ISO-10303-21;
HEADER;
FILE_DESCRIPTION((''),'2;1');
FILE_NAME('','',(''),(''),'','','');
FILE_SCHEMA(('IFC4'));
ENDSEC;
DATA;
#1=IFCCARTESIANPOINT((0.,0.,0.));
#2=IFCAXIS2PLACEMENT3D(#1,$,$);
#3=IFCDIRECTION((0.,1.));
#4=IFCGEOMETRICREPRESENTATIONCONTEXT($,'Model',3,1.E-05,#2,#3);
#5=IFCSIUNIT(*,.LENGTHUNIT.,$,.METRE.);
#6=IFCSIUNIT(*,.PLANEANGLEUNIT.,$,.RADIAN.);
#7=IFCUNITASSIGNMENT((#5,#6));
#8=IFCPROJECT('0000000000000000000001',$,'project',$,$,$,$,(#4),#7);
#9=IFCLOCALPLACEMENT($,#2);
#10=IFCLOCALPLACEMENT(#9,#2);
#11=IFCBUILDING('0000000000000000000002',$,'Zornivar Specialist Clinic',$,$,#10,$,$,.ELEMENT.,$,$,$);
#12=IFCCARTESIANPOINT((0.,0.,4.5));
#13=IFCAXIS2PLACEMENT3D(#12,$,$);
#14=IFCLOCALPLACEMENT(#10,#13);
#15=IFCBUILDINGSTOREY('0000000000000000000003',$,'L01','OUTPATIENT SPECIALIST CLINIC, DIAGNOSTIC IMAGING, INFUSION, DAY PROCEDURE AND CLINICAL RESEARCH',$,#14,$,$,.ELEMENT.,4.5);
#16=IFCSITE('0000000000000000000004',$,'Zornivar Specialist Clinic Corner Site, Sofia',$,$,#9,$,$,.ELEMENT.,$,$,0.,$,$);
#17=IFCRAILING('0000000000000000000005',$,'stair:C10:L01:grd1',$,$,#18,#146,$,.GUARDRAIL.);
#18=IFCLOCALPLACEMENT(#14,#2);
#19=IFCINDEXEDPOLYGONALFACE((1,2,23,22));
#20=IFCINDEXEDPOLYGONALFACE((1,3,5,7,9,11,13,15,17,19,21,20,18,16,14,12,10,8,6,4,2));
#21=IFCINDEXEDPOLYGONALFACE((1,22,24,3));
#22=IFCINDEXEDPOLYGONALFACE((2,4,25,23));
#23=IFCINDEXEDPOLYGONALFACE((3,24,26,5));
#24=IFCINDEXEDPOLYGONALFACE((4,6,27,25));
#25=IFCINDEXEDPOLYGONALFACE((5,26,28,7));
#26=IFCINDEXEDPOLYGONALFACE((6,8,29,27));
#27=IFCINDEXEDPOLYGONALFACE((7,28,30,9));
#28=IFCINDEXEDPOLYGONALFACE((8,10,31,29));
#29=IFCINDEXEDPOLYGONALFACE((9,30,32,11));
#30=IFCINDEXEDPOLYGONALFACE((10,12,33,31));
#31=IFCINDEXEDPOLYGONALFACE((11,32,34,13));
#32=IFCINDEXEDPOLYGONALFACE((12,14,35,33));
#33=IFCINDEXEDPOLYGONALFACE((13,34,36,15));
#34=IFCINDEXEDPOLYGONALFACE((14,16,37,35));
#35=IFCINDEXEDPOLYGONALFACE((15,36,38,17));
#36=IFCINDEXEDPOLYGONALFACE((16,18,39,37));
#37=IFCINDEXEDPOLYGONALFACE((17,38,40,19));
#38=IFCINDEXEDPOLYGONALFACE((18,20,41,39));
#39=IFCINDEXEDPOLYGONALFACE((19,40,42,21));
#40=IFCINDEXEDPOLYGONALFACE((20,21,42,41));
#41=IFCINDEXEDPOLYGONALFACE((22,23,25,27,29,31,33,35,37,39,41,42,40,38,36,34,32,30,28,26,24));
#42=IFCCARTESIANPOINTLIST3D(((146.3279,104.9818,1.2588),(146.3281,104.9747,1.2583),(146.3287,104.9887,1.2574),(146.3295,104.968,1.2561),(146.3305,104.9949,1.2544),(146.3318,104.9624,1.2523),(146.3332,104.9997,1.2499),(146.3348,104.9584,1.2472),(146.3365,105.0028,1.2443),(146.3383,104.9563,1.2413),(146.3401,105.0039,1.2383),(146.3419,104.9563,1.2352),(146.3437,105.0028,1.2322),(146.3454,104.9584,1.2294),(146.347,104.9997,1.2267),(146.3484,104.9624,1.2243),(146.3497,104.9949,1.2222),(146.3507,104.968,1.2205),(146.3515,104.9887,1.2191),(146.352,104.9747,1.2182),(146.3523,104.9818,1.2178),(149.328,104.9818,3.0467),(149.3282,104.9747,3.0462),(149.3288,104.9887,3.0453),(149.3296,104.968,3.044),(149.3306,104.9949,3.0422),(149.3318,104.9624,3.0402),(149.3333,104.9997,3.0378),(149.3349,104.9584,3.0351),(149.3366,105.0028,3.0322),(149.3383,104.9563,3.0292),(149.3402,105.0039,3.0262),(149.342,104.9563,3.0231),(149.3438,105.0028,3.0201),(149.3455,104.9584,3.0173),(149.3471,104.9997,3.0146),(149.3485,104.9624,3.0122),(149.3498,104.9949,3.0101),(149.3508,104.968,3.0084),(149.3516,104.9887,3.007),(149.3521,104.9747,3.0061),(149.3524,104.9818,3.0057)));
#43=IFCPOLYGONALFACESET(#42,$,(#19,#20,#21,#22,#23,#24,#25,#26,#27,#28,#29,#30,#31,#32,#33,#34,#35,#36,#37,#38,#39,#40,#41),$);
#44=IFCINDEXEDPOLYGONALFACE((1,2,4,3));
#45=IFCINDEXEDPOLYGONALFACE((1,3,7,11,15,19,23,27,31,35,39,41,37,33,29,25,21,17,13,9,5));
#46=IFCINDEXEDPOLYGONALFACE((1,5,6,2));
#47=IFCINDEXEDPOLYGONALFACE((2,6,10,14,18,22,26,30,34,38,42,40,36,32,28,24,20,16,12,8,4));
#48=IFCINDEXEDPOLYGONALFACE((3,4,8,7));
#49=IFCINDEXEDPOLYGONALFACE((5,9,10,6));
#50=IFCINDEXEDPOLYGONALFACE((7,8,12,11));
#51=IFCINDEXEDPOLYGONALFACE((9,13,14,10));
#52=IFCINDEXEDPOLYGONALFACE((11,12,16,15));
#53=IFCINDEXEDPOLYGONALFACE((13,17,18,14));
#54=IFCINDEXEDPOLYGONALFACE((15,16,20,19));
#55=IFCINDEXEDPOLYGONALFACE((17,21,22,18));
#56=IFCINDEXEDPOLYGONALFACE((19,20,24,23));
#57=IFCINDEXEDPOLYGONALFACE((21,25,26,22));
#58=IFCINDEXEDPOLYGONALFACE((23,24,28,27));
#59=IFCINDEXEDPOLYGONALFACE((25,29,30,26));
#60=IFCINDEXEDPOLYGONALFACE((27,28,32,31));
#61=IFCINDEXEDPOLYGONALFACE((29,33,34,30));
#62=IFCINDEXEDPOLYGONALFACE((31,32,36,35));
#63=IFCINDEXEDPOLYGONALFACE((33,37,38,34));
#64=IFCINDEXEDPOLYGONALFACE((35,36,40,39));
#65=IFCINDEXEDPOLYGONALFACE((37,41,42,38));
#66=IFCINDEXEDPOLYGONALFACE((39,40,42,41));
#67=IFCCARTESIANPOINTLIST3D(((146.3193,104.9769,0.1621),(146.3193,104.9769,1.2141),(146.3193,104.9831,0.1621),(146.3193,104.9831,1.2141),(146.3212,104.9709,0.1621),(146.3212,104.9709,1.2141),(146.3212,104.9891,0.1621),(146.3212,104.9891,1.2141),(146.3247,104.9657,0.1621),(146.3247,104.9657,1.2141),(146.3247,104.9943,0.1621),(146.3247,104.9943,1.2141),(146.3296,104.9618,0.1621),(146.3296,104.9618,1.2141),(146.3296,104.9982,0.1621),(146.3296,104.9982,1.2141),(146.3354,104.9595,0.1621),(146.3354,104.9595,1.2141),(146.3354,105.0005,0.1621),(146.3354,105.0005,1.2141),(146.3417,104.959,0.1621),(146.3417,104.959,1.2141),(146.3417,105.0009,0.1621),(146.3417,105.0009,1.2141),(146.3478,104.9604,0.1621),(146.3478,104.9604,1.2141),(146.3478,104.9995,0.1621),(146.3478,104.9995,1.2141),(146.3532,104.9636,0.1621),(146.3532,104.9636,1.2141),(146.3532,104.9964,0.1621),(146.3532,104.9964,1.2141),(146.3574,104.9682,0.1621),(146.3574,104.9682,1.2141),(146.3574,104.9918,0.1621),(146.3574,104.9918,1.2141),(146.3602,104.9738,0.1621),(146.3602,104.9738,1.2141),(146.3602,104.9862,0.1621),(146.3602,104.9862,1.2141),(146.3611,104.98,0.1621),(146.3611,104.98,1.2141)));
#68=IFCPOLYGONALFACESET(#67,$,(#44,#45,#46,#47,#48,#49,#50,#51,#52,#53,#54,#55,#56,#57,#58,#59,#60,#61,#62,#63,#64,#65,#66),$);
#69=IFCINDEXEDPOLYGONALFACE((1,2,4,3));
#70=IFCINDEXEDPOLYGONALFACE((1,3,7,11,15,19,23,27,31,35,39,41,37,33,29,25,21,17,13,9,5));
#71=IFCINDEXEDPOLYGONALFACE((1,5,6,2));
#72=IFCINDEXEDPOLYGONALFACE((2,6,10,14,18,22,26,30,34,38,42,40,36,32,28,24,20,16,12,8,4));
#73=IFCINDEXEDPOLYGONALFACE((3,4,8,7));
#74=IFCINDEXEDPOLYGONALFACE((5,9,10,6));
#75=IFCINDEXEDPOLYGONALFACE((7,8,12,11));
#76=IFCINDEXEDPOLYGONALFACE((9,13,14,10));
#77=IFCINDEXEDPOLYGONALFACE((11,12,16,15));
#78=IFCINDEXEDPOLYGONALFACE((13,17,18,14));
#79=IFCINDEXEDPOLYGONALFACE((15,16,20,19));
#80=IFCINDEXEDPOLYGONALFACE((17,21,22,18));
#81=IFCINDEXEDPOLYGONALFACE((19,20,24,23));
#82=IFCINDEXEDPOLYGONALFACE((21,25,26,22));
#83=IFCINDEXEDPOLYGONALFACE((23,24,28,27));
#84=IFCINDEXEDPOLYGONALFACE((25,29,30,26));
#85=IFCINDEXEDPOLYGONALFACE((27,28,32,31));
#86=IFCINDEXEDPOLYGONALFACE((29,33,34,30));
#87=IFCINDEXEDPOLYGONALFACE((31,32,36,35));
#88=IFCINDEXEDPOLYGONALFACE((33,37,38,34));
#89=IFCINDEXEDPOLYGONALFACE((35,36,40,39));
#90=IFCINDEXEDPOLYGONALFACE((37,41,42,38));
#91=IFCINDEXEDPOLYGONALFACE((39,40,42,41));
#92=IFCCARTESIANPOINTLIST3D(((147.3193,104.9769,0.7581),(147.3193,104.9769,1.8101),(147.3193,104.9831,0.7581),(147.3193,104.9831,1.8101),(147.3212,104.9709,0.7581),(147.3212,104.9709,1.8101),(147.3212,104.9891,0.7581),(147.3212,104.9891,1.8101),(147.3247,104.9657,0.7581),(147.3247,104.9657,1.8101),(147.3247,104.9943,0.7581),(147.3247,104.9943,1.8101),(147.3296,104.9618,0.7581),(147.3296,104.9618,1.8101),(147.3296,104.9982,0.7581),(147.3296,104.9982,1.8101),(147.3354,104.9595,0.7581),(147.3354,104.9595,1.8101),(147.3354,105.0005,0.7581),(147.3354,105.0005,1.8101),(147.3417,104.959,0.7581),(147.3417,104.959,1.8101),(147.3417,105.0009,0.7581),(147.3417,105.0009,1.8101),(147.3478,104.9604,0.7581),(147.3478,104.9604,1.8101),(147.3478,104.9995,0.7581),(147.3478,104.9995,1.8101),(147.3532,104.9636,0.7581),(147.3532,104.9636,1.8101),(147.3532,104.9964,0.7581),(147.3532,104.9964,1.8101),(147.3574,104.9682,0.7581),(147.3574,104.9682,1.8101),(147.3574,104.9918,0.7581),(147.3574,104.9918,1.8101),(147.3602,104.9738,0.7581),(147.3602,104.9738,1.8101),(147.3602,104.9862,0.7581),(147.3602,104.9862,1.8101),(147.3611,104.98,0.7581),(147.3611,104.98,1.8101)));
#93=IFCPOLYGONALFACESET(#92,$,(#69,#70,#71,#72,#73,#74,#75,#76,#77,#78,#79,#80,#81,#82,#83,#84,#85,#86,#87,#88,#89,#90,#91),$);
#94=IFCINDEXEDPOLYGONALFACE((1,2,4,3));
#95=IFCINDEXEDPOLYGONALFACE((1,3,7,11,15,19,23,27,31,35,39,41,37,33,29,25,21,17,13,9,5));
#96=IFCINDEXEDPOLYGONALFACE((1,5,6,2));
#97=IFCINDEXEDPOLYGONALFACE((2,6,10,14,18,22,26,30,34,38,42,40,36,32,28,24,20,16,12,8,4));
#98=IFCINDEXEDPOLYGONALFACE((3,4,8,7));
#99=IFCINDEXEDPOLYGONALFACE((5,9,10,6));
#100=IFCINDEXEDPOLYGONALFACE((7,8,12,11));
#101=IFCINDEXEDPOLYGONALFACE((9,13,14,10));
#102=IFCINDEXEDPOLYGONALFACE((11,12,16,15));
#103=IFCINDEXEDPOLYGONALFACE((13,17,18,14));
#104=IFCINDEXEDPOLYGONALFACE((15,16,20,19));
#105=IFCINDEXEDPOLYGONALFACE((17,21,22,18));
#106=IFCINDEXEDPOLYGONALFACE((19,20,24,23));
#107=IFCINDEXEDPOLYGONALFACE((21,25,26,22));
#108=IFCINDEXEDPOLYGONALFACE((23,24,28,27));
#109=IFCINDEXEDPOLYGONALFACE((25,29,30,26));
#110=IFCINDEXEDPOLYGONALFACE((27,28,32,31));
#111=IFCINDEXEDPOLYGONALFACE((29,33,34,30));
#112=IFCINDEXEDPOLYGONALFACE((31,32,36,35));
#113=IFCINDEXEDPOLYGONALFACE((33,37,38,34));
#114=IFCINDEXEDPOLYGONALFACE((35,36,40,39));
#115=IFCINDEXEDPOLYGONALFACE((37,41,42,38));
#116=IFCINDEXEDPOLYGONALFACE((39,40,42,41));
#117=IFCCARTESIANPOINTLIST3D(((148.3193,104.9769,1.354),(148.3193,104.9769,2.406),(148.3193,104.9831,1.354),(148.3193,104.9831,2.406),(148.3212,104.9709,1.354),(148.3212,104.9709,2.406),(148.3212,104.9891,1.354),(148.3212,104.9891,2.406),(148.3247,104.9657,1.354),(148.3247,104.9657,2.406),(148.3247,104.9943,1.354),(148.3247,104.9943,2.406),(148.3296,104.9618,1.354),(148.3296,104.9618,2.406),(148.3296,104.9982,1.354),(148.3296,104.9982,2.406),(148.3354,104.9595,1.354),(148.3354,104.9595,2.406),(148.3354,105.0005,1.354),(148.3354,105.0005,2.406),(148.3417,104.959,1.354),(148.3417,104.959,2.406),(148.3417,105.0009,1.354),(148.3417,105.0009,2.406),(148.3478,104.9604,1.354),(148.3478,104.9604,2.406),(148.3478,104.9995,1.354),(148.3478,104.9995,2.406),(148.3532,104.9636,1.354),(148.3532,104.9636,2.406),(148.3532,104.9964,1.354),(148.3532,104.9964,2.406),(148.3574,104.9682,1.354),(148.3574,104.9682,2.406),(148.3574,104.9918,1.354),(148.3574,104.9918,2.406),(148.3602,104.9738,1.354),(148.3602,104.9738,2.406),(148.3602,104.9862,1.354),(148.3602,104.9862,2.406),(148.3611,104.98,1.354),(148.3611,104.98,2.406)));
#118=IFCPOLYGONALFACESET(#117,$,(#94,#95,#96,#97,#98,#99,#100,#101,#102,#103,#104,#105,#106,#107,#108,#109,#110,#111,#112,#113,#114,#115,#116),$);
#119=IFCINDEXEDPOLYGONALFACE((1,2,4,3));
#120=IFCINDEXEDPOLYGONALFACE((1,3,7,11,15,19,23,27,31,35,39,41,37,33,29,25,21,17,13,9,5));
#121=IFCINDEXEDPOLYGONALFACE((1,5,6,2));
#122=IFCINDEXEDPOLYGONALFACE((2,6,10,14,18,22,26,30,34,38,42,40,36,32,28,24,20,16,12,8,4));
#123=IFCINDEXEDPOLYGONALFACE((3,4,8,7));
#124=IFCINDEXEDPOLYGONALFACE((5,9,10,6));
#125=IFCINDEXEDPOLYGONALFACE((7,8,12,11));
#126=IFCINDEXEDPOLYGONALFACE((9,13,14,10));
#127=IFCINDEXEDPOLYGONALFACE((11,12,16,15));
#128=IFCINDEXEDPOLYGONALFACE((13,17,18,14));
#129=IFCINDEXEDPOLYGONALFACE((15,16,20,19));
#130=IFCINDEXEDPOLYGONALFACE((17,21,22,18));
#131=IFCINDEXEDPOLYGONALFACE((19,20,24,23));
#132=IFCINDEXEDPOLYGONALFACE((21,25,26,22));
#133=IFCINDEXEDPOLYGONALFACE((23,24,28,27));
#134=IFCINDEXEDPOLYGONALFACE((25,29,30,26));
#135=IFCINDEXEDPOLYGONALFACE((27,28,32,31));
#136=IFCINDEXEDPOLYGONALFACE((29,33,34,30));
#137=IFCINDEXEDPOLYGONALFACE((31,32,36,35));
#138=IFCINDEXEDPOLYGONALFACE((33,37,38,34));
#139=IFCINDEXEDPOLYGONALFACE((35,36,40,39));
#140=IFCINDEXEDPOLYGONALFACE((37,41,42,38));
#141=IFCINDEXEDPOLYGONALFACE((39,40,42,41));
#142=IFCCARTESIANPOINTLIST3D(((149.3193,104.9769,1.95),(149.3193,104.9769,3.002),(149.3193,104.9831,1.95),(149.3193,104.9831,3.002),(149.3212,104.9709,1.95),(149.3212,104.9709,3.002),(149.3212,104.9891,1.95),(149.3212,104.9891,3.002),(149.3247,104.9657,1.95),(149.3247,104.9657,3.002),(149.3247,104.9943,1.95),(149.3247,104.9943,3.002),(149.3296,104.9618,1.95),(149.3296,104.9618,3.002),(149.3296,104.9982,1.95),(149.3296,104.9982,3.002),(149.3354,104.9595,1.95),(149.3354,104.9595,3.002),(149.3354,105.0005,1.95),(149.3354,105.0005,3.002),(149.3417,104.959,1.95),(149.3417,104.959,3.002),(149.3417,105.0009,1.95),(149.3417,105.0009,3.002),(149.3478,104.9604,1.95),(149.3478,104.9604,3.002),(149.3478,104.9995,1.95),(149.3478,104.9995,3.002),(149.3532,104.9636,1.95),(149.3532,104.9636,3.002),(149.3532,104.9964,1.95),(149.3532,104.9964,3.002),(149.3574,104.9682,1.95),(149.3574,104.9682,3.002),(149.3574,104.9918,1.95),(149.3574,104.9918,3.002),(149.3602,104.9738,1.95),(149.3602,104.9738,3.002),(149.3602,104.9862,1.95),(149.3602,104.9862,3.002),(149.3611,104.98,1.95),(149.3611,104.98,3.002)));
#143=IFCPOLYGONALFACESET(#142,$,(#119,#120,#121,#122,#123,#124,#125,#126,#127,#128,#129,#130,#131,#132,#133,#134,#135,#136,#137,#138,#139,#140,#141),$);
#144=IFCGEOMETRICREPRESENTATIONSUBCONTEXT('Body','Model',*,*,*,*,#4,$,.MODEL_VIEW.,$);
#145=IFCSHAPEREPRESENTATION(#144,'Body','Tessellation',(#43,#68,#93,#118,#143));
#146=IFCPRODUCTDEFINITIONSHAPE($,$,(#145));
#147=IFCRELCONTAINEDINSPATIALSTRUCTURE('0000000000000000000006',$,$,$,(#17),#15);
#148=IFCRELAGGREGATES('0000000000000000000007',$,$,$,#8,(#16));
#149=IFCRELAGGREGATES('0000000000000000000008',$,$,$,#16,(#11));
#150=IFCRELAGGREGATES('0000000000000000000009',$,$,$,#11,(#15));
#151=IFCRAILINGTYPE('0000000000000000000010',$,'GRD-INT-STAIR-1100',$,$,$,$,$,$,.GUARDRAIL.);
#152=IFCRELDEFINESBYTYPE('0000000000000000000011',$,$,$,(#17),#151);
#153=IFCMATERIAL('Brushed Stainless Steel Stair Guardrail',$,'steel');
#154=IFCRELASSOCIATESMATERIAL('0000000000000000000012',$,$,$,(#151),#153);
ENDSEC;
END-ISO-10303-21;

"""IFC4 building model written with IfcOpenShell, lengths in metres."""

from ifc_helpers import new_model, si_unit, direction, frame, origin, origin_2d, place, context, subcontext, project, spatial, circle, extrude, material, type_object, element, save


model = new_model("IFC4")

# Units and contexts
model_context = context("Model", 3, precision=1e-05, world=origin(), true_north=direction((0.0, 1.0)))
body_context = subcontext(model_context, "Body", "Model", "MODEL_VIEW")
ifc_project = project(units=[si_unit("LENGTHUNIT", "METRE"), si_unit("PLANEANGLEUNIT", "RADIAN")], contexts=[model_context])

# Site, building, storey
site_placement = place(None, origin())
site = spatial("IfcSite", under=ifc_project, at=site_placement, Name="Zornivar Specialist Clinic Corner Site, Sofia", CompositionType="ELEMENT", RefElevation=0.0)
building_placement = place(site_placement, origin())
building = spatial("IfcBuilding", under=site, at=building_placement, Name="Zornivar Specialist Clinic", CompositionType="ELEMENT")
storey_placement = place(building_placement, frame((0.0, 0.0, 4.5)))
storey = spatial("IfcBuildingStorey", under=building, at=storey_placement, Name="L01", Description="OUTPATIENT SPECIALIST CLINIC, DIAGNOSTIC IMAGING, INFUSION, DAY PROCEDURE AND CLINICAL RESEARCH", CompositionType="ELEMENT", Elevation=4.5)

# Railing
ifc_material_1 = material(Name="Brushed Stainless Steel Stair Guardrail", Category="steel")
railing_type_1 = type_object("IfcRailingType", Name="GRD-INT-STAIR-1100", PredefinedType="GUARDRAIL", material=ifc_material_1)
railing_1_placement = place(storey_placement, frame((146.3401, 104.98, 0.1621)))
element("IfcRailing", 1, at=railing_1_placement, inside=storey, type_object=railing_type_1, Name="stair:C10:L01:grd1", PredefinedType="GUARDRAIL", context=body_context, shape_type="SweptSolid", body=[
    extrude(circle(Radius=0.0239, at=origin_2d()), frame((0.0, 0.0, 1.0762), z_axis=(0.859025, 0.0, 0.511934), x_axis=(0.0, 1.0, 0.0)), (0.0, 0.0, 1.0), 3.4924),
    extrude(circle(Radius=0.021, at=origin_2d()), origin(), (0.0, 0.0, 1.0), 1.052),
    extrude(circle(Radius=0.021, at=origin_2d()), frame((1.0, 0.0, 0.5959)), (0.0, 0.0, 1.0), 1.052),
    extrude(circle(Radius=0.021, at=origin_2d()), frame((2.0, 0.0, 1.1919)), (0.0, 0.0, 1.0), 1.052),
    extrude(circle(Radius=0.021, at=origin_2d()), frame((3.0, 0.0, 1.7878)), (0.0, 0.0, 1.0), 1.052),
])

save(model, "model.ifc")
